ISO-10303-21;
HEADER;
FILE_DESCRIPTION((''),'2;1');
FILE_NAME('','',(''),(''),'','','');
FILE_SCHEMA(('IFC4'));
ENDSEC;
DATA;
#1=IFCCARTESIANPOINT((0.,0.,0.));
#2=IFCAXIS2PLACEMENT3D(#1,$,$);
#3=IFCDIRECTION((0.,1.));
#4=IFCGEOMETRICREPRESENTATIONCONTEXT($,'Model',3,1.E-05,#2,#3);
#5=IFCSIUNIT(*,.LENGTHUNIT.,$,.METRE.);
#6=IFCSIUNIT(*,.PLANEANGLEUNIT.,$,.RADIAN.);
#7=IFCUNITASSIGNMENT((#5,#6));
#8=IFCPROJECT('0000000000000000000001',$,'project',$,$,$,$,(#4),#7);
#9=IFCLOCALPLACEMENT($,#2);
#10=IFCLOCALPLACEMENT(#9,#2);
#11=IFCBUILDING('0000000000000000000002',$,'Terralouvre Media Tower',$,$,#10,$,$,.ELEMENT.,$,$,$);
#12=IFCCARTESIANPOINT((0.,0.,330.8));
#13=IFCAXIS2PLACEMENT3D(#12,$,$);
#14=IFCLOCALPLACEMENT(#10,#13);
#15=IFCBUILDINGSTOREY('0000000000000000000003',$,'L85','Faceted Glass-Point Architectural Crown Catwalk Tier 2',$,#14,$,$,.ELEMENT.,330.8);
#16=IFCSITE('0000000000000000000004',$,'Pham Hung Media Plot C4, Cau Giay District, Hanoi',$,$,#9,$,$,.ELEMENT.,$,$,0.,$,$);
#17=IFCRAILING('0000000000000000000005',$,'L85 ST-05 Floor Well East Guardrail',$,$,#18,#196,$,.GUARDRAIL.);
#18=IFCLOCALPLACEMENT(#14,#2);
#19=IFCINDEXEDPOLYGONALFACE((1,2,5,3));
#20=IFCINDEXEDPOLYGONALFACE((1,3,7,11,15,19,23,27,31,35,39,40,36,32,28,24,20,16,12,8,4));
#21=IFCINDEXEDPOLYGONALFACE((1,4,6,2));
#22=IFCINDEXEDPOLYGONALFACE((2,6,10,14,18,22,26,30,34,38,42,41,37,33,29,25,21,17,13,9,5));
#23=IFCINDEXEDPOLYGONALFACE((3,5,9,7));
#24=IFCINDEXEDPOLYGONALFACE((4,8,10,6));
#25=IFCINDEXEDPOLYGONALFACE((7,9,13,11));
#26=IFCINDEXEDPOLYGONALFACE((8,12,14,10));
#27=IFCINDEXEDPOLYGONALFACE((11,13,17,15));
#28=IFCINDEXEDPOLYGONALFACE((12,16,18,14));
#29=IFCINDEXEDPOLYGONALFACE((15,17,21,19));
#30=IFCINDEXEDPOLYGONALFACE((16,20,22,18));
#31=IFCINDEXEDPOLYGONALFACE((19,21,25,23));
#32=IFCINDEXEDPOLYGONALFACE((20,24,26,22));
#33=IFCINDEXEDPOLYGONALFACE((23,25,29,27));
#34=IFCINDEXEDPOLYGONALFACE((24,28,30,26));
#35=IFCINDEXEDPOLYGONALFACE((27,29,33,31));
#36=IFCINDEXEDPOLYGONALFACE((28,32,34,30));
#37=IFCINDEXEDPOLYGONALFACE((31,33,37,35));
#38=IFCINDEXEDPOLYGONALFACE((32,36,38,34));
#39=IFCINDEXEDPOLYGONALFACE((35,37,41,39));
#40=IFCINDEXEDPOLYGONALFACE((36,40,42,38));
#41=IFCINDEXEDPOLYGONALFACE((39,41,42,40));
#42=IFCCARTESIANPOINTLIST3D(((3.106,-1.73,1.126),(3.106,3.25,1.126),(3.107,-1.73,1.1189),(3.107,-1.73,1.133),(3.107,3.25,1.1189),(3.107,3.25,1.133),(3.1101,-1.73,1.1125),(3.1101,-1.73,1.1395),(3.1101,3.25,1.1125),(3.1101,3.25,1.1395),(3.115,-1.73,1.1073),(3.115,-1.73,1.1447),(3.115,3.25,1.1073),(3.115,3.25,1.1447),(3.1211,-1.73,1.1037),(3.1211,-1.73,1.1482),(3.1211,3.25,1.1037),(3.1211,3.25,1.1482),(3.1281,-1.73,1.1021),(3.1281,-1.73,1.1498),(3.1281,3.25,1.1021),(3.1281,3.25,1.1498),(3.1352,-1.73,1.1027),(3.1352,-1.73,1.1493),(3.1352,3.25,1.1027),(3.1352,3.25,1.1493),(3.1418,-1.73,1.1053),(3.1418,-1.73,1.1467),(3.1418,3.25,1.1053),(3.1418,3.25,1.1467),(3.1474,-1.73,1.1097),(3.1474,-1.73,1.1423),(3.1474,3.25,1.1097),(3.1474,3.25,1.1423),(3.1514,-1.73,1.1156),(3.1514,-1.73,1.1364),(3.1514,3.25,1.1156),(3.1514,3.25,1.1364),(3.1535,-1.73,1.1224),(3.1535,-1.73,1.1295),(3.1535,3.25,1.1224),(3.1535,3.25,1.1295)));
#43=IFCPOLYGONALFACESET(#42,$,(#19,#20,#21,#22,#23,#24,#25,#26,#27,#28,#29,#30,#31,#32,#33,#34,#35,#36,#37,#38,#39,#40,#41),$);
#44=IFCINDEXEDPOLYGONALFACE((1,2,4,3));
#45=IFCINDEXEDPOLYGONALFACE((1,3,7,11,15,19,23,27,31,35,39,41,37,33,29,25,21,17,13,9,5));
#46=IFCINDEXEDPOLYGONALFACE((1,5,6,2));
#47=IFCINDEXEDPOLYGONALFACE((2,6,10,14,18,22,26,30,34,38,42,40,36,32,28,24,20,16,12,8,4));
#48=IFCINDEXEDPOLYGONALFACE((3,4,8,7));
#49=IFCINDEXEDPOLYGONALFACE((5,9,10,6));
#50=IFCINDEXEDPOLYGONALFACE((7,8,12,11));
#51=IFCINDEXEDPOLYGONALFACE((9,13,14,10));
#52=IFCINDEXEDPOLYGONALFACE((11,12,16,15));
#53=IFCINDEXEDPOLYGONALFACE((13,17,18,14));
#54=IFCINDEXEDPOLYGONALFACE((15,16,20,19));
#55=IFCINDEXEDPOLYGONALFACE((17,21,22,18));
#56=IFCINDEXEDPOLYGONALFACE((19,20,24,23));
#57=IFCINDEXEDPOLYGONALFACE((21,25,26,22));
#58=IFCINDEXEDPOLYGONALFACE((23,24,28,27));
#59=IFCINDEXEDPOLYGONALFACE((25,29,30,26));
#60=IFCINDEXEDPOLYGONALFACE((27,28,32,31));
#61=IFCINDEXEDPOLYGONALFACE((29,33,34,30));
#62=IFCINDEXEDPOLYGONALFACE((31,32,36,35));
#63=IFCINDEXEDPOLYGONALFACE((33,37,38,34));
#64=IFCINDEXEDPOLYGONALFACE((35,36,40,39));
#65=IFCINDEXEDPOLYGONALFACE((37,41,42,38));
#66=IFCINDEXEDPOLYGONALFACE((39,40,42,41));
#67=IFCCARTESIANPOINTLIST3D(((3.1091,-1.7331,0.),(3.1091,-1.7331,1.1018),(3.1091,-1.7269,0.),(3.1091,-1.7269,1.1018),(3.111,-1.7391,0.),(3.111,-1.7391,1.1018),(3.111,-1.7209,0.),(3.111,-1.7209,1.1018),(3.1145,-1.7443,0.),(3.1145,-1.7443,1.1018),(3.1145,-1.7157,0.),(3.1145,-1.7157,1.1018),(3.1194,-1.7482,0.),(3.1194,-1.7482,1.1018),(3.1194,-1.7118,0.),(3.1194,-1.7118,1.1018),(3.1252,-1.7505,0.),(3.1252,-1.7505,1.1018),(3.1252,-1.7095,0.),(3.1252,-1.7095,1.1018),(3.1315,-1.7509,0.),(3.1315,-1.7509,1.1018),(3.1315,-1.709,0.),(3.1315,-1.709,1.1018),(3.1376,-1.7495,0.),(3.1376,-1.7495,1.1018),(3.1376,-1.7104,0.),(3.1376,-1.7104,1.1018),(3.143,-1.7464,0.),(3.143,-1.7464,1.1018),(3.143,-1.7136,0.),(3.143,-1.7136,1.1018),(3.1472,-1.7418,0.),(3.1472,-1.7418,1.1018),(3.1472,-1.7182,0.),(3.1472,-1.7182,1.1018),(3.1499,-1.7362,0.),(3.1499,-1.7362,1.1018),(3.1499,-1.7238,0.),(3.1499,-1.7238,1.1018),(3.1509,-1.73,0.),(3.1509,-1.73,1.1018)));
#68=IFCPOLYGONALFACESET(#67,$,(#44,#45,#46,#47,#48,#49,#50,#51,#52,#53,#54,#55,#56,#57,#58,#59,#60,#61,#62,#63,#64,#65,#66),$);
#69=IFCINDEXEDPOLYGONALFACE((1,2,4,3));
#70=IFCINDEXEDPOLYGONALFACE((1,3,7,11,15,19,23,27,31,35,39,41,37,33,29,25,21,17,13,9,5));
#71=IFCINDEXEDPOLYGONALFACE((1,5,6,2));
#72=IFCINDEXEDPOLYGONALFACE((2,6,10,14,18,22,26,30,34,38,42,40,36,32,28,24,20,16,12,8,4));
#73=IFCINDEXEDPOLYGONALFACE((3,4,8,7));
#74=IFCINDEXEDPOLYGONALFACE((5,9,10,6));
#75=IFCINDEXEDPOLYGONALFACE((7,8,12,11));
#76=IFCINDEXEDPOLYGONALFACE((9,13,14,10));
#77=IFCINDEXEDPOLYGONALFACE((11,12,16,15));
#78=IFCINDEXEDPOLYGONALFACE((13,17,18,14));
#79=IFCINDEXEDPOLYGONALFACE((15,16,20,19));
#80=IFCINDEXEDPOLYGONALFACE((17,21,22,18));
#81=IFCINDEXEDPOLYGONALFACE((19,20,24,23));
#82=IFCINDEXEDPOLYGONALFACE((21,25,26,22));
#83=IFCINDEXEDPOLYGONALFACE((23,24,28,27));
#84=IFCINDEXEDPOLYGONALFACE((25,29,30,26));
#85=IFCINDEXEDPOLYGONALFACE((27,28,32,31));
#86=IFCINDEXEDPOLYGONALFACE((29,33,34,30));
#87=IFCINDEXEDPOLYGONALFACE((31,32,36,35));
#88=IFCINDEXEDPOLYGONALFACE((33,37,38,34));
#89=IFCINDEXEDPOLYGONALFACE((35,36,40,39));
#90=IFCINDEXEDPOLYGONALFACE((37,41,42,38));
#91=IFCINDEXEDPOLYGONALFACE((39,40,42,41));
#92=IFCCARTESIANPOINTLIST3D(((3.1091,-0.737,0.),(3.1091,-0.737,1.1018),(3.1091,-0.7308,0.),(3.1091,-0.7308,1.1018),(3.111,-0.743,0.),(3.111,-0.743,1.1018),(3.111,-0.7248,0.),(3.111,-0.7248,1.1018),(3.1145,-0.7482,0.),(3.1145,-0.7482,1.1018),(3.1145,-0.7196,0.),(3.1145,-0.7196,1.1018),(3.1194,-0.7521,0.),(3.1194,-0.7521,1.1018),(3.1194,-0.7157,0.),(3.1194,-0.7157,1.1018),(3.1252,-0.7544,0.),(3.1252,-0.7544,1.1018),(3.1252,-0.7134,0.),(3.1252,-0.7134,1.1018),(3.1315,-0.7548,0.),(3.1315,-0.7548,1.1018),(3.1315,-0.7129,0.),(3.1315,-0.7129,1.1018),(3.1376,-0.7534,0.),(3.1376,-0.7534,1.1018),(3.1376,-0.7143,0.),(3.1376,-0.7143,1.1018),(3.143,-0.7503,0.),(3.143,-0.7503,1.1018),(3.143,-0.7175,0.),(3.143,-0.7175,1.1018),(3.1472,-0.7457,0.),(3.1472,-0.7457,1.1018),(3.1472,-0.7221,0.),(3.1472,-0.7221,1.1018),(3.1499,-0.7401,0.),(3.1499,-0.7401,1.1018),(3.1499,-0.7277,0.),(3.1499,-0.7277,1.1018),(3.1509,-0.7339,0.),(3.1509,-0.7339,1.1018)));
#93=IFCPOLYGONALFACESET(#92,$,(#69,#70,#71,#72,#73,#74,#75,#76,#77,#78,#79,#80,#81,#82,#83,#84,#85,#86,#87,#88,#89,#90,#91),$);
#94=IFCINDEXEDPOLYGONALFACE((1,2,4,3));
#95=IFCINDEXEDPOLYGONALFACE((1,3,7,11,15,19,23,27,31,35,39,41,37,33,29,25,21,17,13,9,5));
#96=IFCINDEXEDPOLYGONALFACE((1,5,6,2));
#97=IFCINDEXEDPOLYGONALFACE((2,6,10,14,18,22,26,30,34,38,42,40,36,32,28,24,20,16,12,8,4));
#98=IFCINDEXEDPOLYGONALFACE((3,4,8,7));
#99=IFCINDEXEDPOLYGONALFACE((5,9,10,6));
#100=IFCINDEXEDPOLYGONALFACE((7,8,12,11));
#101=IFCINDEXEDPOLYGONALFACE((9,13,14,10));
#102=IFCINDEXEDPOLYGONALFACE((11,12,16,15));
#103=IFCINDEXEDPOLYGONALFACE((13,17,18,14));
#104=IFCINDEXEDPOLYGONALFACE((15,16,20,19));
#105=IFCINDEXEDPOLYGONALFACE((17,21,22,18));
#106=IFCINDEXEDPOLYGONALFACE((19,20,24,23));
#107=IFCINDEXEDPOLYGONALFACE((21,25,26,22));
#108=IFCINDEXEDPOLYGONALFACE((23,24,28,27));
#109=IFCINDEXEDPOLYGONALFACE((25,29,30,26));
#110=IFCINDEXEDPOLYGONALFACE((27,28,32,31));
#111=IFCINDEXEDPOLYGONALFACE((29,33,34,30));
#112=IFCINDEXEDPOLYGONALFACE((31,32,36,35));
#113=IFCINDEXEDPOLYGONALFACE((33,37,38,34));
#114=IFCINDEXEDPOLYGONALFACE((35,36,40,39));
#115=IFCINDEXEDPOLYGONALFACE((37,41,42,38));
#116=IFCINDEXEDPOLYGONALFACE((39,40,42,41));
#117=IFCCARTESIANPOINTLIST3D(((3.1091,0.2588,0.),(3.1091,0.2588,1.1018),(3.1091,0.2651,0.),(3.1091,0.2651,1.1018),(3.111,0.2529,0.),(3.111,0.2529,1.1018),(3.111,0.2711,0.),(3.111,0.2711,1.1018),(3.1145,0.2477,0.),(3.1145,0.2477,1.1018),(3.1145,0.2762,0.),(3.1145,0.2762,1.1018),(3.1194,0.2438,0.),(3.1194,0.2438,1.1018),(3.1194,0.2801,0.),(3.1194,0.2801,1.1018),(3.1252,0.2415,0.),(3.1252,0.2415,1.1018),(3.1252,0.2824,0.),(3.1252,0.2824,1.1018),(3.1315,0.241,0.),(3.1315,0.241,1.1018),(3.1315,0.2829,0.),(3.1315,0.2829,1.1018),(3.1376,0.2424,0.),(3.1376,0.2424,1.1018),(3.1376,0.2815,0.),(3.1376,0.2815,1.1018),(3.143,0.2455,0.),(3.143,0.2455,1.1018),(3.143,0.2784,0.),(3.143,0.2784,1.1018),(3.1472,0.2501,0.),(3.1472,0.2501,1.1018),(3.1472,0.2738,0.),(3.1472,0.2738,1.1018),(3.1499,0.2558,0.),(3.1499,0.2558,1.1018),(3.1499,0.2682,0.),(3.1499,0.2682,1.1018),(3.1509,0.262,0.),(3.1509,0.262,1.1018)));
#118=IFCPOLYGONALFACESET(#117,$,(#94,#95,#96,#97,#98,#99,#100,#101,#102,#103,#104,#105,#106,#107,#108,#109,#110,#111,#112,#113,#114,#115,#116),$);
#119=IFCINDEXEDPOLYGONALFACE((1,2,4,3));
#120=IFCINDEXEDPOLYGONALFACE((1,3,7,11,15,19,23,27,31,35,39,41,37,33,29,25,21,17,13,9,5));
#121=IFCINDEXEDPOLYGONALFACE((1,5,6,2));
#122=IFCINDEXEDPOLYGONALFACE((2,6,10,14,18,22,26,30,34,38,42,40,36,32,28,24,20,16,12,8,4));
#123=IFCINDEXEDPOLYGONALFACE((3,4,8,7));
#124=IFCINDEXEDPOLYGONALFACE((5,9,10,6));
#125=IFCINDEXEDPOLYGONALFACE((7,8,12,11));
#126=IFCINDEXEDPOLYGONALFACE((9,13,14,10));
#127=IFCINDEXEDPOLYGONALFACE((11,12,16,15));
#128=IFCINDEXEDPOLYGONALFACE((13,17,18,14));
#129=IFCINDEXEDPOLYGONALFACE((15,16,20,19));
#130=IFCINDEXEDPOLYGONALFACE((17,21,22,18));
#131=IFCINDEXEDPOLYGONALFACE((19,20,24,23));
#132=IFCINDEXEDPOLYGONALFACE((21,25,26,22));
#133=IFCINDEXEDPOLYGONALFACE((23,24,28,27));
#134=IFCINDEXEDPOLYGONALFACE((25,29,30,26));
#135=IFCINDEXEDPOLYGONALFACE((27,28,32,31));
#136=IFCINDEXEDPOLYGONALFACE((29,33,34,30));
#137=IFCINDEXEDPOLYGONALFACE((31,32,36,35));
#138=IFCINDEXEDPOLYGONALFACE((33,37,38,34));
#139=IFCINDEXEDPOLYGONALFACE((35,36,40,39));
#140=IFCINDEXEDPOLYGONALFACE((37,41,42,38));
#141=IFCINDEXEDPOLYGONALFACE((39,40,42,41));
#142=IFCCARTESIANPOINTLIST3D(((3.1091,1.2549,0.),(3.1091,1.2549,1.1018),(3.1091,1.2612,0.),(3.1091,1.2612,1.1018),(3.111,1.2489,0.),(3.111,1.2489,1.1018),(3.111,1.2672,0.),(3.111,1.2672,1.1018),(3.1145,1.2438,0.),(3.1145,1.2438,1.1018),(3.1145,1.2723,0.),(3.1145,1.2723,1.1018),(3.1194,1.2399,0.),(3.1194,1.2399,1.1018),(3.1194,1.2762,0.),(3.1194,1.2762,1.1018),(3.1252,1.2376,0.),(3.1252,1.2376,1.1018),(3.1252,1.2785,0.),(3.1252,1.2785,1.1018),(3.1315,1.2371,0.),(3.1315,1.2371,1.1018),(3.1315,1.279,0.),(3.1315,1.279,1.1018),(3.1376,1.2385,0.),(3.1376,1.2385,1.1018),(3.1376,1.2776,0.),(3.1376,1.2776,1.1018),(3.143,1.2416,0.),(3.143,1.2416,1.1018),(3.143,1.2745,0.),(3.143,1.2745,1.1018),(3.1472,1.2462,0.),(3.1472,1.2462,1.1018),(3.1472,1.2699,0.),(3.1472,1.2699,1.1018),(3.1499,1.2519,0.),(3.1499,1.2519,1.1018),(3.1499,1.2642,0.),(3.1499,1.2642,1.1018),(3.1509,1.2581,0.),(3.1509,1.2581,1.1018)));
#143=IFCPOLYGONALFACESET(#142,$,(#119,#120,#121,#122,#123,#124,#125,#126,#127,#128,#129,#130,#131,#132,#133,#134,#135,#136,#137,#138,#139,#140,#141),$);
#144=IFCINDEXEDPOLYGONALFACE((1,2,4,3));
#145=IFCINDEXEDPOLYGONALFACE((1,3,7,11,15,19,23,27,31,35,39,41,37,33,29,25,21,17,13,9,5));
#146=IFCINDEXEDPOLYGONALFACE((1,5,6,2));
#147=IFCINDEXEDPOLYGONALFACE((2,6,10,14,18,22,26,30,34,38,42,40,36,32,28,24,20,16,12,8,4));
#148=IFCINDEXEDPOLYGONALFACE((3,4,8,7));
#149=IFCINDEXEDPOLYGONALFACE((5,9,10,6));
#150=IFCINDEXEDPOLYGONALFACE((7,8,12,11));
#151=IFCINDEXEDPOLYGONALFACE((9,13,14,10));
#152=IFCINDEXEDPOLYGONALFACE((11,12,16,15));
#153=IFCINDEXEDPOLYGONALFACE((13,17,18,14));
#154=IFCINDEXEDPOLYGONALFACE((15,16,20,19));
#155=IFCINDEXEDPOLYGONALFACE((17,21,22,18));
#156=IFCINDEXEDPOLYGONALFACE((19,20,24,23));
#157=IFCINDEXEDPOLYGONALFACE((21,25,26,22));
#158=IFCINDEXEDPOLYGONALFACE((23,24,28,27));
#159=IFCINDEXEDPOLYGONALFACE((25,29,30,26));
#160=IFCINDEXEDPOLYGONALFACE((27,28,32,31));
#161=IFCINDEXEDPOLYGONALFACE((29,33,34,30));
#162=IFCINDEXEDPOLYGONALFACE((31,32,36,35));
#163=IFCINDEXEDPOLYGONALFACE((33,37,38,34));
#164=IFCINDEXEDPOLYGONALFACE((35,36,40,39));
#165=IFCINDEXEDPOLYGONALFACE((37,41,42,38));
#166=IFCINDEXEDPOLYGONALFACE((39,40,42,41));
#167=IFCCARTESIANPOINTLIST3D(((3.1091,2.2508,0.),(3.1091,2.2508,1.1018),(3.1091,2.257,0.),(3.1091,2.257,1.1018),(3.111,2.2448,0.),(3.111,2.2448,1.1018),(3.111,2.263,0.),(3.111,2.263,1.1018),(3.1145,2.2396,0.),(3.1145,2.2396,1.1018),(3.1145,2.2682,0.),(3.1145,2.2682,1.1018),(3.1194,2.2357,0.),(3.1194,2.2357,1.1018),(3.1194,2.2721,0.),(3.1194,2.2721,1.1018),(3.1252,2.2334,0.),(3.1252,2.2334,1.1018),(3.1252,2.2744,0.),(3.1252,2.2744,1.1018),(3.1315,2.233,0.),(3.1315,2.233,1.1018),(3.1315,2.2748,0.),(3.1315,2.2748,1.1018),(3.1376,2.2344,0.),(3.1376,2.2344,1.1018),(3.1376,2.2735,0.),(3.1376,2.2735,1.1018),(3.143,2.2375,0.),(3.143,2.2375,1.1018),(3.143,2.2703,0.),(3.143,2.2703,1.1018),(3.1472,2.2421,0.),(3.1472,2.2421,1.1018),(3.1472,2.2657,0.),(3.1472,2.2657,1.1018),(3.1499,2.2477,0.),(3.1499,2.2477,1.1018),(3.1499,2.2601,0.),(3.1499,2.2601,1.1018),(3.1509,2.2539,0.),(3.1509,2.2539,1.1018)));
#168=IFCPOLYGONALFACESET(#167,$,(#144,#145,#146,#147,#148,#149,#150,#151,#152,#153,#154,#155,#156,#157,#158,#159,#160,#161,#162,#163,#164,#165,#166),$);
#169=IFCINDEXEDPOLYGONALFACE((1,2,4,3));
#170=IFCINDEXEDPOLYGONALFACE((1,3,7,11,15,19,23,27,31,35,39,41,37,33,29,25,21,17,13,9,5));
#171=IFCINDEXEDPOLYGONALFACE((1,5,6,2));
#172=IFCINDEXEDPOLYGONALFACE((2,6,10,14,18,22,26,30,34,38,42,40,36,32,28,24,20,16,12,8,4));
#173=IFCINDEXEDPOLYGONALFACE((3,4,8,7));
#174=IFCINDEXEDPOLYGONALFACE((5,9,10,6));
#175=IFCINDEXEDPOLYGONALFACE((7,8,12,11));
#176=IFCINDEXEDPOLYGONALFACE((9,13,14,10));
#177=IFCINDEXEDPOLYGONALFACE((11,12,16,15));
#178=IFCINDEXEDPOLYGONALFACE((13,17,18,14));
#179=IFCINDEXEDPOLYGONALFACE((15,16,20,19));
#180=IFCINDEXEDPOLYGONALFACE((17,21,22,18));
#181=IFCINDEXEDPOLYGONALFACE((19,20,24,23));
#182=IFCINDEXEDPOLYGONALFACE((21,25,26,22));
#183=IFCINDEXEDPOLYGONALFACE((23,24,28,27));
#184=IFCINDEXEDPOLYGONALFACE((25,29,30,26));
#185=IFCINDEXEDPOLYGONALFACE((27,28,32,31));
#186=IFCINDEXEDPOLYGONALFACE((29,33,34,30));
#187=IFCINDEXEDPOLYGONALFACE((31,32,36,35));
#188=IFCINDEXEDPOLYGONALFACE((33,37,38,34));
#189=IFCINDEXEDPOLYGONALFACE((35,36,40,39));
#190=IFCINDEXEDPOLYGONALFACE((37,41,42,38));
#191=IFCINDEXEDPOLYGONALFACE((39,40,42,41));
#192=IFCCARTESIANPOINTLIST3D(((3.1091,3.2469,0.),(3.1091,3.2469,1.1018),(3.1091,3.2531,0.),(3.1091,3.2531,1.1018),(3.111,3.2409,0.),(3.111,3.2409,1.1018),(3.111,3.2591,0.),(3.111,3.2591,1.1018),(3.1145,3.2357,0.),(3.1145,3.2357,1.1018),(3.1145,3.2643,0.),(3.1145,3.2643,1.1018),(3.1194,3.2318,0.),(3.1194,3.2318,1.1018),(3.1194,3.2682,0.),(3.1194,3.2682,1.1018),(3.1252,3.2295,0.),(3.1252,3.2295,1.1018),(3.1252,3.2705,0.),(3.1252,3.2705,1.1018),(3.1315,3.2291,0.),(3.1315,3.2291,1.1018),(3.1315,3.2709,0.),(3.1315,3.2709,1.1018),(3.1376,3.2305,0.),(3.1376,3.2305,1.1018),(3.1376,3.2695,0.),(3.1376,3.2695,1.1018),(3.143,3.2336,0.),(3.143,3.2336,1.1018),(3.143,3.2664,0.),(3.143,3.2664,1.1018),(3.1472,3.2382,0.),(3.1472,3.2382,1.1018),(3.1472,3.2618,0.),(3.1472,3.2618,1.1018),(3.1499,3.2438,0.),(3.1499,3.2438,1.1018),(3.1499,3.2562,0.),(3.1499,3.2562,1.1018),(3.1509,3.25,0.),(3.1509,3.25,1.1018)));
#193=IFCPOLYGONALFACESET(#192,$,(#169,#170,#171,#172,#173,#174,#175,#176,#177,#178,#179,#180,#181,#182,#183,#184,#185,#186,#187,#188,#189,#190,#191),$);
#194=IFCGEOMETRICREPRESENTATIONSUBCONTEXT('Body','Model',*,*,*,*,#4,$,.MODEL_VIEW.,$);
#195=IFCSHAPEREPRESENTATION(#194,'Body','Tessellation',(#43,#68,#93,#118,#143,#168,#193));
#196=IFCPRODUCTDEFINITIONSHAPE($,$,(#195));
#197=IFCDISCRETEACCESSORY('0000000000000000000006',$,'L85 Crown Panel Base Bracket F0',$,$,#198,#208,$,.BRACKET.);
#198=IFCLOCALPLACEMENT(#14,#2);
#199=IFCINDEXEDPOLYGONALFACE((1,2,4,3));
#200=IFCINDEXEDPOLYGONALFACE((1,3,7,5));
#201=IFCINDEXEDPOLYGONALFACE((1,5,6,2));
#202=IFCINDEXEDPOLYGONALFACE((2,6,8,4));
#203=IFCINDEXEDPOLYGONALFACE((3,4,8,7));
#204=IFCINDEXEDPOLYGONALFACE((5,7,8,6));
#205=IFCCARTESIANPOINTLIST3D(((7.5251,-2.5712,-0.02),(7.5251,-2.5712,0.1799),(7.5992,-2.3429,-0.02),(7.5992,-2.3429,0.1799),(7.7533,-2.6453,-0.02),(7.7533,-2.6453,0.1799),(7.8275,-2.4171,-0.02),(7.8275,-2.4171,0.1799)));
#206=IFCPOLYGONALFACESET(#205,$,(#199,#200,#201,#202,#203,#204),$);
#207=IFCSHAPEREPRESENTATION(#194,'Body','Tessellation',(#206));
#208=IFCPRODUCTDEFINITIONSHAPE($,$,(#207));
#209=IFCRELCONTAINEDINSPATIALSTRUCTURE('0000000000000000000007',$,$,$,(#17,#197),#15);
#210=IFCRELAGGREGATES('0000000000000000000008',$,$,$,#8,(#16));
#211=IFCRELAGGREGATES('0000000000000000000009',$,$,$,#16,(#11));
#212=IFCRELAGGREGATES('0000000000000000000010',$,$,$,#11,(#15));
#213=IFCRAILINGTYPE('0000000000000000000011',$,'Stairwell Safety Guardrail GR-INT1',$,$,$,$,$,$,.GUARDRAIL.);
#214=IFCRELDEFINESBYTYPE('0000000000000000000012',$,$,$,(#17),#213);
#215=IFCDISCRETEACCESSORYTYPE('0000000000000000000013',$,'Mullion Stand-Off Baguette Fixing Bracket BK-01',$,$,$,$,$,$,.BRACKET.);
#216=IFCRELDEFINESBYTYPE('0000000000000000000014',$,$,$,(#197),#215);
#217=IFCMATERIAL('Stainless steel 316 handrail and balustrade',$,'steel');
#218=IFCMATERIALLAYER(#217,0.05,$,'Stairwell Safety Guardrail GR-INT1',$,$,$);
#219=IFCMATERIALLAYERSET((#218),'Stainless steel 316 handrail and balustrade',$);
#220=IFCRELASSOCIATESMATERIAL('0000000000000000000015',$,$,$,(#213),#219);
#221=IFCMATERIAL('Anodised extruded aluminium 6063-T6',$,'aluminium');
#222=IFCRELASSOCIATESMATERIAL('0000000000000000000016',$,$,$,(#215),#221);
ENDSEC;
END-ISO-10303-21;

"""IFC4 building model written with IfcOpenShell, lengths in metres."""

from ifc_helpers import new_model, si_unit, direction, frame, origin, origin_2d, place, context, subcontext, project, spatial, rectangle, circle, extrude, material, layer, layer_set, type_object, element, save


model = new_model("IFC4")

# Units and contexts
model_context = context("Model", 3, precision=1e-05, world=origin(), true_north=direction((0.0, 1.0)))
body_context = subcontext(model_context, "Body", "Model", "MODEL_VIEW")
ifc_project = project(units=[si_unit("LENGTHUNIT", "METRE"), si_unit("PLANEANGLEUNIT", "RADIAN")], contexts=[model_context])

# Site, building, storey
site_placement = place(None, origin())
site = spatial("IfcSite", under=ifc_project, at=site_placement, Name="Pham Hung Media Plot C4, Cau Giay District, Hanoi", CompositionType="ELEMENT", RefElevation=0.0)
building_placement = place(site_placement, origin())
building = spatial("IfcBuilding", under=site, at=building_placement, Name="Terralouvre Media Tower", CompositionType="ELEMENT")
storey_placement = place(building_placement, frame((0.0, 0.0, 330.8)))
storey = spatial("IfcBuildingStorey", under=building, at=storey_placement, Name="L85", Description="Faceted Glass-Point Architectural Crown Catwalk Tier 2", CompositionType="ELEMENT", Elevation=330.8)

# Railing
ifc_material_1 = material(Name="Stainless steel 316 handrail and balustrade", Category="steel")
ifc_layer_1 = layer(ifc_material_1, 0.05, Name="Stairwell Safety Guardrail GR-INT1")
ifc_layer_set_1 = layer_set([ifc_layer_1], Name="Stainless steel 316 handrail and balustrade")
railing_type_1 = type_object("IfcRailingType", Name="Stairwell Safety Guardrail GR-INT1", PredefinedType="GUARDRAIL", material=ifc_layer_set_1)
railing_1_placement = place(storey_placement, frame((3.1299, -1.73, 0.0)))
element("IfcRailing", 1, at=railing_1_placement, inside=storey, type_object=railing_type_1, Name="L85 ST-05 Floor Well East Guardrail", PredefinedType="GUARDRAIL", context=body_context, shape_type="SweptSolid", body=[
    extrude(circle(Radius=0.0239, at=origin_2d()), frame((0.0, 0.0, 1.126), z_axis=(0.0, 1.0, 0.0), x_axis=(-1.0, 0.0, 0.0)), (0.0, 0.0, 1.0), 4.98),
    extrude(circle(Radius=0.021, at=origin_2d()), origin(), (0.0, 0.0, 1.0), 1.1018),
    extrude(circle(Radius=0.021, at=origin_2d()), frame((0.0, 0.9961, 0.0)), (0.0, 0.0, 1.0), 1.1018),
    extrude(circle(Radius=0.021, at=origin_2d()), frame((0.0, 1.9919, 0.0)), (0.0, 0.0, 1.0), 1.1018),
    extrude(circle(Radius=0.021, at=origin_2d()), frame((0.0, 2.988, 0.0)), (0.0, 0.0, 1.0), 1.1018),
    extrude(circle(Radius=0.021, at=origin_2d()), frame((0.0, 3.9839, 0.0)), (0.0, 0.0, 1.0), 1.1018),
    extrude(circle(Radius=0.021, at=origin_2d()), frame((0.0, 4.98, 0.0)), (0.0, 0.0, 1.0), 1.1018),
])

# Discrete accessory
ifc_material_2 = material(Name="Anodised extruded aluminium 6063-T6", Category="aluminium")
discrete_accessory_type = type_object("IfcDiscreteAccessoryType", Name="Mullion Stand-Off Baguette Fixing Bracket BK-01", PredefinedType="BRACKET", material=ifc_material_2)
discrete_accessory_placement = place(storey_placement, frame((7.6763, -2.4941, -0.02), z_axis=(0.0, 0.0, 1.0), x_axis=(0.309017, 0.951057, 0.0)))
element("IfcDiscreteAccessory", 2, at=discrete_accessory_placement, inside=storey, type_object=discrete_accessory_type, Name="L85 Crown Panel Base Bracket F0", PredefinedType="BRACKET", context=body_context, shape_type="SweptSolid", body=[
    extrude(rectangle(XDim=0.24, YDim=0.24, at=origin_2d()), origin(), (0.0, 0.0, 1.0), 0.2),
])

save(model, "model.ifc")
